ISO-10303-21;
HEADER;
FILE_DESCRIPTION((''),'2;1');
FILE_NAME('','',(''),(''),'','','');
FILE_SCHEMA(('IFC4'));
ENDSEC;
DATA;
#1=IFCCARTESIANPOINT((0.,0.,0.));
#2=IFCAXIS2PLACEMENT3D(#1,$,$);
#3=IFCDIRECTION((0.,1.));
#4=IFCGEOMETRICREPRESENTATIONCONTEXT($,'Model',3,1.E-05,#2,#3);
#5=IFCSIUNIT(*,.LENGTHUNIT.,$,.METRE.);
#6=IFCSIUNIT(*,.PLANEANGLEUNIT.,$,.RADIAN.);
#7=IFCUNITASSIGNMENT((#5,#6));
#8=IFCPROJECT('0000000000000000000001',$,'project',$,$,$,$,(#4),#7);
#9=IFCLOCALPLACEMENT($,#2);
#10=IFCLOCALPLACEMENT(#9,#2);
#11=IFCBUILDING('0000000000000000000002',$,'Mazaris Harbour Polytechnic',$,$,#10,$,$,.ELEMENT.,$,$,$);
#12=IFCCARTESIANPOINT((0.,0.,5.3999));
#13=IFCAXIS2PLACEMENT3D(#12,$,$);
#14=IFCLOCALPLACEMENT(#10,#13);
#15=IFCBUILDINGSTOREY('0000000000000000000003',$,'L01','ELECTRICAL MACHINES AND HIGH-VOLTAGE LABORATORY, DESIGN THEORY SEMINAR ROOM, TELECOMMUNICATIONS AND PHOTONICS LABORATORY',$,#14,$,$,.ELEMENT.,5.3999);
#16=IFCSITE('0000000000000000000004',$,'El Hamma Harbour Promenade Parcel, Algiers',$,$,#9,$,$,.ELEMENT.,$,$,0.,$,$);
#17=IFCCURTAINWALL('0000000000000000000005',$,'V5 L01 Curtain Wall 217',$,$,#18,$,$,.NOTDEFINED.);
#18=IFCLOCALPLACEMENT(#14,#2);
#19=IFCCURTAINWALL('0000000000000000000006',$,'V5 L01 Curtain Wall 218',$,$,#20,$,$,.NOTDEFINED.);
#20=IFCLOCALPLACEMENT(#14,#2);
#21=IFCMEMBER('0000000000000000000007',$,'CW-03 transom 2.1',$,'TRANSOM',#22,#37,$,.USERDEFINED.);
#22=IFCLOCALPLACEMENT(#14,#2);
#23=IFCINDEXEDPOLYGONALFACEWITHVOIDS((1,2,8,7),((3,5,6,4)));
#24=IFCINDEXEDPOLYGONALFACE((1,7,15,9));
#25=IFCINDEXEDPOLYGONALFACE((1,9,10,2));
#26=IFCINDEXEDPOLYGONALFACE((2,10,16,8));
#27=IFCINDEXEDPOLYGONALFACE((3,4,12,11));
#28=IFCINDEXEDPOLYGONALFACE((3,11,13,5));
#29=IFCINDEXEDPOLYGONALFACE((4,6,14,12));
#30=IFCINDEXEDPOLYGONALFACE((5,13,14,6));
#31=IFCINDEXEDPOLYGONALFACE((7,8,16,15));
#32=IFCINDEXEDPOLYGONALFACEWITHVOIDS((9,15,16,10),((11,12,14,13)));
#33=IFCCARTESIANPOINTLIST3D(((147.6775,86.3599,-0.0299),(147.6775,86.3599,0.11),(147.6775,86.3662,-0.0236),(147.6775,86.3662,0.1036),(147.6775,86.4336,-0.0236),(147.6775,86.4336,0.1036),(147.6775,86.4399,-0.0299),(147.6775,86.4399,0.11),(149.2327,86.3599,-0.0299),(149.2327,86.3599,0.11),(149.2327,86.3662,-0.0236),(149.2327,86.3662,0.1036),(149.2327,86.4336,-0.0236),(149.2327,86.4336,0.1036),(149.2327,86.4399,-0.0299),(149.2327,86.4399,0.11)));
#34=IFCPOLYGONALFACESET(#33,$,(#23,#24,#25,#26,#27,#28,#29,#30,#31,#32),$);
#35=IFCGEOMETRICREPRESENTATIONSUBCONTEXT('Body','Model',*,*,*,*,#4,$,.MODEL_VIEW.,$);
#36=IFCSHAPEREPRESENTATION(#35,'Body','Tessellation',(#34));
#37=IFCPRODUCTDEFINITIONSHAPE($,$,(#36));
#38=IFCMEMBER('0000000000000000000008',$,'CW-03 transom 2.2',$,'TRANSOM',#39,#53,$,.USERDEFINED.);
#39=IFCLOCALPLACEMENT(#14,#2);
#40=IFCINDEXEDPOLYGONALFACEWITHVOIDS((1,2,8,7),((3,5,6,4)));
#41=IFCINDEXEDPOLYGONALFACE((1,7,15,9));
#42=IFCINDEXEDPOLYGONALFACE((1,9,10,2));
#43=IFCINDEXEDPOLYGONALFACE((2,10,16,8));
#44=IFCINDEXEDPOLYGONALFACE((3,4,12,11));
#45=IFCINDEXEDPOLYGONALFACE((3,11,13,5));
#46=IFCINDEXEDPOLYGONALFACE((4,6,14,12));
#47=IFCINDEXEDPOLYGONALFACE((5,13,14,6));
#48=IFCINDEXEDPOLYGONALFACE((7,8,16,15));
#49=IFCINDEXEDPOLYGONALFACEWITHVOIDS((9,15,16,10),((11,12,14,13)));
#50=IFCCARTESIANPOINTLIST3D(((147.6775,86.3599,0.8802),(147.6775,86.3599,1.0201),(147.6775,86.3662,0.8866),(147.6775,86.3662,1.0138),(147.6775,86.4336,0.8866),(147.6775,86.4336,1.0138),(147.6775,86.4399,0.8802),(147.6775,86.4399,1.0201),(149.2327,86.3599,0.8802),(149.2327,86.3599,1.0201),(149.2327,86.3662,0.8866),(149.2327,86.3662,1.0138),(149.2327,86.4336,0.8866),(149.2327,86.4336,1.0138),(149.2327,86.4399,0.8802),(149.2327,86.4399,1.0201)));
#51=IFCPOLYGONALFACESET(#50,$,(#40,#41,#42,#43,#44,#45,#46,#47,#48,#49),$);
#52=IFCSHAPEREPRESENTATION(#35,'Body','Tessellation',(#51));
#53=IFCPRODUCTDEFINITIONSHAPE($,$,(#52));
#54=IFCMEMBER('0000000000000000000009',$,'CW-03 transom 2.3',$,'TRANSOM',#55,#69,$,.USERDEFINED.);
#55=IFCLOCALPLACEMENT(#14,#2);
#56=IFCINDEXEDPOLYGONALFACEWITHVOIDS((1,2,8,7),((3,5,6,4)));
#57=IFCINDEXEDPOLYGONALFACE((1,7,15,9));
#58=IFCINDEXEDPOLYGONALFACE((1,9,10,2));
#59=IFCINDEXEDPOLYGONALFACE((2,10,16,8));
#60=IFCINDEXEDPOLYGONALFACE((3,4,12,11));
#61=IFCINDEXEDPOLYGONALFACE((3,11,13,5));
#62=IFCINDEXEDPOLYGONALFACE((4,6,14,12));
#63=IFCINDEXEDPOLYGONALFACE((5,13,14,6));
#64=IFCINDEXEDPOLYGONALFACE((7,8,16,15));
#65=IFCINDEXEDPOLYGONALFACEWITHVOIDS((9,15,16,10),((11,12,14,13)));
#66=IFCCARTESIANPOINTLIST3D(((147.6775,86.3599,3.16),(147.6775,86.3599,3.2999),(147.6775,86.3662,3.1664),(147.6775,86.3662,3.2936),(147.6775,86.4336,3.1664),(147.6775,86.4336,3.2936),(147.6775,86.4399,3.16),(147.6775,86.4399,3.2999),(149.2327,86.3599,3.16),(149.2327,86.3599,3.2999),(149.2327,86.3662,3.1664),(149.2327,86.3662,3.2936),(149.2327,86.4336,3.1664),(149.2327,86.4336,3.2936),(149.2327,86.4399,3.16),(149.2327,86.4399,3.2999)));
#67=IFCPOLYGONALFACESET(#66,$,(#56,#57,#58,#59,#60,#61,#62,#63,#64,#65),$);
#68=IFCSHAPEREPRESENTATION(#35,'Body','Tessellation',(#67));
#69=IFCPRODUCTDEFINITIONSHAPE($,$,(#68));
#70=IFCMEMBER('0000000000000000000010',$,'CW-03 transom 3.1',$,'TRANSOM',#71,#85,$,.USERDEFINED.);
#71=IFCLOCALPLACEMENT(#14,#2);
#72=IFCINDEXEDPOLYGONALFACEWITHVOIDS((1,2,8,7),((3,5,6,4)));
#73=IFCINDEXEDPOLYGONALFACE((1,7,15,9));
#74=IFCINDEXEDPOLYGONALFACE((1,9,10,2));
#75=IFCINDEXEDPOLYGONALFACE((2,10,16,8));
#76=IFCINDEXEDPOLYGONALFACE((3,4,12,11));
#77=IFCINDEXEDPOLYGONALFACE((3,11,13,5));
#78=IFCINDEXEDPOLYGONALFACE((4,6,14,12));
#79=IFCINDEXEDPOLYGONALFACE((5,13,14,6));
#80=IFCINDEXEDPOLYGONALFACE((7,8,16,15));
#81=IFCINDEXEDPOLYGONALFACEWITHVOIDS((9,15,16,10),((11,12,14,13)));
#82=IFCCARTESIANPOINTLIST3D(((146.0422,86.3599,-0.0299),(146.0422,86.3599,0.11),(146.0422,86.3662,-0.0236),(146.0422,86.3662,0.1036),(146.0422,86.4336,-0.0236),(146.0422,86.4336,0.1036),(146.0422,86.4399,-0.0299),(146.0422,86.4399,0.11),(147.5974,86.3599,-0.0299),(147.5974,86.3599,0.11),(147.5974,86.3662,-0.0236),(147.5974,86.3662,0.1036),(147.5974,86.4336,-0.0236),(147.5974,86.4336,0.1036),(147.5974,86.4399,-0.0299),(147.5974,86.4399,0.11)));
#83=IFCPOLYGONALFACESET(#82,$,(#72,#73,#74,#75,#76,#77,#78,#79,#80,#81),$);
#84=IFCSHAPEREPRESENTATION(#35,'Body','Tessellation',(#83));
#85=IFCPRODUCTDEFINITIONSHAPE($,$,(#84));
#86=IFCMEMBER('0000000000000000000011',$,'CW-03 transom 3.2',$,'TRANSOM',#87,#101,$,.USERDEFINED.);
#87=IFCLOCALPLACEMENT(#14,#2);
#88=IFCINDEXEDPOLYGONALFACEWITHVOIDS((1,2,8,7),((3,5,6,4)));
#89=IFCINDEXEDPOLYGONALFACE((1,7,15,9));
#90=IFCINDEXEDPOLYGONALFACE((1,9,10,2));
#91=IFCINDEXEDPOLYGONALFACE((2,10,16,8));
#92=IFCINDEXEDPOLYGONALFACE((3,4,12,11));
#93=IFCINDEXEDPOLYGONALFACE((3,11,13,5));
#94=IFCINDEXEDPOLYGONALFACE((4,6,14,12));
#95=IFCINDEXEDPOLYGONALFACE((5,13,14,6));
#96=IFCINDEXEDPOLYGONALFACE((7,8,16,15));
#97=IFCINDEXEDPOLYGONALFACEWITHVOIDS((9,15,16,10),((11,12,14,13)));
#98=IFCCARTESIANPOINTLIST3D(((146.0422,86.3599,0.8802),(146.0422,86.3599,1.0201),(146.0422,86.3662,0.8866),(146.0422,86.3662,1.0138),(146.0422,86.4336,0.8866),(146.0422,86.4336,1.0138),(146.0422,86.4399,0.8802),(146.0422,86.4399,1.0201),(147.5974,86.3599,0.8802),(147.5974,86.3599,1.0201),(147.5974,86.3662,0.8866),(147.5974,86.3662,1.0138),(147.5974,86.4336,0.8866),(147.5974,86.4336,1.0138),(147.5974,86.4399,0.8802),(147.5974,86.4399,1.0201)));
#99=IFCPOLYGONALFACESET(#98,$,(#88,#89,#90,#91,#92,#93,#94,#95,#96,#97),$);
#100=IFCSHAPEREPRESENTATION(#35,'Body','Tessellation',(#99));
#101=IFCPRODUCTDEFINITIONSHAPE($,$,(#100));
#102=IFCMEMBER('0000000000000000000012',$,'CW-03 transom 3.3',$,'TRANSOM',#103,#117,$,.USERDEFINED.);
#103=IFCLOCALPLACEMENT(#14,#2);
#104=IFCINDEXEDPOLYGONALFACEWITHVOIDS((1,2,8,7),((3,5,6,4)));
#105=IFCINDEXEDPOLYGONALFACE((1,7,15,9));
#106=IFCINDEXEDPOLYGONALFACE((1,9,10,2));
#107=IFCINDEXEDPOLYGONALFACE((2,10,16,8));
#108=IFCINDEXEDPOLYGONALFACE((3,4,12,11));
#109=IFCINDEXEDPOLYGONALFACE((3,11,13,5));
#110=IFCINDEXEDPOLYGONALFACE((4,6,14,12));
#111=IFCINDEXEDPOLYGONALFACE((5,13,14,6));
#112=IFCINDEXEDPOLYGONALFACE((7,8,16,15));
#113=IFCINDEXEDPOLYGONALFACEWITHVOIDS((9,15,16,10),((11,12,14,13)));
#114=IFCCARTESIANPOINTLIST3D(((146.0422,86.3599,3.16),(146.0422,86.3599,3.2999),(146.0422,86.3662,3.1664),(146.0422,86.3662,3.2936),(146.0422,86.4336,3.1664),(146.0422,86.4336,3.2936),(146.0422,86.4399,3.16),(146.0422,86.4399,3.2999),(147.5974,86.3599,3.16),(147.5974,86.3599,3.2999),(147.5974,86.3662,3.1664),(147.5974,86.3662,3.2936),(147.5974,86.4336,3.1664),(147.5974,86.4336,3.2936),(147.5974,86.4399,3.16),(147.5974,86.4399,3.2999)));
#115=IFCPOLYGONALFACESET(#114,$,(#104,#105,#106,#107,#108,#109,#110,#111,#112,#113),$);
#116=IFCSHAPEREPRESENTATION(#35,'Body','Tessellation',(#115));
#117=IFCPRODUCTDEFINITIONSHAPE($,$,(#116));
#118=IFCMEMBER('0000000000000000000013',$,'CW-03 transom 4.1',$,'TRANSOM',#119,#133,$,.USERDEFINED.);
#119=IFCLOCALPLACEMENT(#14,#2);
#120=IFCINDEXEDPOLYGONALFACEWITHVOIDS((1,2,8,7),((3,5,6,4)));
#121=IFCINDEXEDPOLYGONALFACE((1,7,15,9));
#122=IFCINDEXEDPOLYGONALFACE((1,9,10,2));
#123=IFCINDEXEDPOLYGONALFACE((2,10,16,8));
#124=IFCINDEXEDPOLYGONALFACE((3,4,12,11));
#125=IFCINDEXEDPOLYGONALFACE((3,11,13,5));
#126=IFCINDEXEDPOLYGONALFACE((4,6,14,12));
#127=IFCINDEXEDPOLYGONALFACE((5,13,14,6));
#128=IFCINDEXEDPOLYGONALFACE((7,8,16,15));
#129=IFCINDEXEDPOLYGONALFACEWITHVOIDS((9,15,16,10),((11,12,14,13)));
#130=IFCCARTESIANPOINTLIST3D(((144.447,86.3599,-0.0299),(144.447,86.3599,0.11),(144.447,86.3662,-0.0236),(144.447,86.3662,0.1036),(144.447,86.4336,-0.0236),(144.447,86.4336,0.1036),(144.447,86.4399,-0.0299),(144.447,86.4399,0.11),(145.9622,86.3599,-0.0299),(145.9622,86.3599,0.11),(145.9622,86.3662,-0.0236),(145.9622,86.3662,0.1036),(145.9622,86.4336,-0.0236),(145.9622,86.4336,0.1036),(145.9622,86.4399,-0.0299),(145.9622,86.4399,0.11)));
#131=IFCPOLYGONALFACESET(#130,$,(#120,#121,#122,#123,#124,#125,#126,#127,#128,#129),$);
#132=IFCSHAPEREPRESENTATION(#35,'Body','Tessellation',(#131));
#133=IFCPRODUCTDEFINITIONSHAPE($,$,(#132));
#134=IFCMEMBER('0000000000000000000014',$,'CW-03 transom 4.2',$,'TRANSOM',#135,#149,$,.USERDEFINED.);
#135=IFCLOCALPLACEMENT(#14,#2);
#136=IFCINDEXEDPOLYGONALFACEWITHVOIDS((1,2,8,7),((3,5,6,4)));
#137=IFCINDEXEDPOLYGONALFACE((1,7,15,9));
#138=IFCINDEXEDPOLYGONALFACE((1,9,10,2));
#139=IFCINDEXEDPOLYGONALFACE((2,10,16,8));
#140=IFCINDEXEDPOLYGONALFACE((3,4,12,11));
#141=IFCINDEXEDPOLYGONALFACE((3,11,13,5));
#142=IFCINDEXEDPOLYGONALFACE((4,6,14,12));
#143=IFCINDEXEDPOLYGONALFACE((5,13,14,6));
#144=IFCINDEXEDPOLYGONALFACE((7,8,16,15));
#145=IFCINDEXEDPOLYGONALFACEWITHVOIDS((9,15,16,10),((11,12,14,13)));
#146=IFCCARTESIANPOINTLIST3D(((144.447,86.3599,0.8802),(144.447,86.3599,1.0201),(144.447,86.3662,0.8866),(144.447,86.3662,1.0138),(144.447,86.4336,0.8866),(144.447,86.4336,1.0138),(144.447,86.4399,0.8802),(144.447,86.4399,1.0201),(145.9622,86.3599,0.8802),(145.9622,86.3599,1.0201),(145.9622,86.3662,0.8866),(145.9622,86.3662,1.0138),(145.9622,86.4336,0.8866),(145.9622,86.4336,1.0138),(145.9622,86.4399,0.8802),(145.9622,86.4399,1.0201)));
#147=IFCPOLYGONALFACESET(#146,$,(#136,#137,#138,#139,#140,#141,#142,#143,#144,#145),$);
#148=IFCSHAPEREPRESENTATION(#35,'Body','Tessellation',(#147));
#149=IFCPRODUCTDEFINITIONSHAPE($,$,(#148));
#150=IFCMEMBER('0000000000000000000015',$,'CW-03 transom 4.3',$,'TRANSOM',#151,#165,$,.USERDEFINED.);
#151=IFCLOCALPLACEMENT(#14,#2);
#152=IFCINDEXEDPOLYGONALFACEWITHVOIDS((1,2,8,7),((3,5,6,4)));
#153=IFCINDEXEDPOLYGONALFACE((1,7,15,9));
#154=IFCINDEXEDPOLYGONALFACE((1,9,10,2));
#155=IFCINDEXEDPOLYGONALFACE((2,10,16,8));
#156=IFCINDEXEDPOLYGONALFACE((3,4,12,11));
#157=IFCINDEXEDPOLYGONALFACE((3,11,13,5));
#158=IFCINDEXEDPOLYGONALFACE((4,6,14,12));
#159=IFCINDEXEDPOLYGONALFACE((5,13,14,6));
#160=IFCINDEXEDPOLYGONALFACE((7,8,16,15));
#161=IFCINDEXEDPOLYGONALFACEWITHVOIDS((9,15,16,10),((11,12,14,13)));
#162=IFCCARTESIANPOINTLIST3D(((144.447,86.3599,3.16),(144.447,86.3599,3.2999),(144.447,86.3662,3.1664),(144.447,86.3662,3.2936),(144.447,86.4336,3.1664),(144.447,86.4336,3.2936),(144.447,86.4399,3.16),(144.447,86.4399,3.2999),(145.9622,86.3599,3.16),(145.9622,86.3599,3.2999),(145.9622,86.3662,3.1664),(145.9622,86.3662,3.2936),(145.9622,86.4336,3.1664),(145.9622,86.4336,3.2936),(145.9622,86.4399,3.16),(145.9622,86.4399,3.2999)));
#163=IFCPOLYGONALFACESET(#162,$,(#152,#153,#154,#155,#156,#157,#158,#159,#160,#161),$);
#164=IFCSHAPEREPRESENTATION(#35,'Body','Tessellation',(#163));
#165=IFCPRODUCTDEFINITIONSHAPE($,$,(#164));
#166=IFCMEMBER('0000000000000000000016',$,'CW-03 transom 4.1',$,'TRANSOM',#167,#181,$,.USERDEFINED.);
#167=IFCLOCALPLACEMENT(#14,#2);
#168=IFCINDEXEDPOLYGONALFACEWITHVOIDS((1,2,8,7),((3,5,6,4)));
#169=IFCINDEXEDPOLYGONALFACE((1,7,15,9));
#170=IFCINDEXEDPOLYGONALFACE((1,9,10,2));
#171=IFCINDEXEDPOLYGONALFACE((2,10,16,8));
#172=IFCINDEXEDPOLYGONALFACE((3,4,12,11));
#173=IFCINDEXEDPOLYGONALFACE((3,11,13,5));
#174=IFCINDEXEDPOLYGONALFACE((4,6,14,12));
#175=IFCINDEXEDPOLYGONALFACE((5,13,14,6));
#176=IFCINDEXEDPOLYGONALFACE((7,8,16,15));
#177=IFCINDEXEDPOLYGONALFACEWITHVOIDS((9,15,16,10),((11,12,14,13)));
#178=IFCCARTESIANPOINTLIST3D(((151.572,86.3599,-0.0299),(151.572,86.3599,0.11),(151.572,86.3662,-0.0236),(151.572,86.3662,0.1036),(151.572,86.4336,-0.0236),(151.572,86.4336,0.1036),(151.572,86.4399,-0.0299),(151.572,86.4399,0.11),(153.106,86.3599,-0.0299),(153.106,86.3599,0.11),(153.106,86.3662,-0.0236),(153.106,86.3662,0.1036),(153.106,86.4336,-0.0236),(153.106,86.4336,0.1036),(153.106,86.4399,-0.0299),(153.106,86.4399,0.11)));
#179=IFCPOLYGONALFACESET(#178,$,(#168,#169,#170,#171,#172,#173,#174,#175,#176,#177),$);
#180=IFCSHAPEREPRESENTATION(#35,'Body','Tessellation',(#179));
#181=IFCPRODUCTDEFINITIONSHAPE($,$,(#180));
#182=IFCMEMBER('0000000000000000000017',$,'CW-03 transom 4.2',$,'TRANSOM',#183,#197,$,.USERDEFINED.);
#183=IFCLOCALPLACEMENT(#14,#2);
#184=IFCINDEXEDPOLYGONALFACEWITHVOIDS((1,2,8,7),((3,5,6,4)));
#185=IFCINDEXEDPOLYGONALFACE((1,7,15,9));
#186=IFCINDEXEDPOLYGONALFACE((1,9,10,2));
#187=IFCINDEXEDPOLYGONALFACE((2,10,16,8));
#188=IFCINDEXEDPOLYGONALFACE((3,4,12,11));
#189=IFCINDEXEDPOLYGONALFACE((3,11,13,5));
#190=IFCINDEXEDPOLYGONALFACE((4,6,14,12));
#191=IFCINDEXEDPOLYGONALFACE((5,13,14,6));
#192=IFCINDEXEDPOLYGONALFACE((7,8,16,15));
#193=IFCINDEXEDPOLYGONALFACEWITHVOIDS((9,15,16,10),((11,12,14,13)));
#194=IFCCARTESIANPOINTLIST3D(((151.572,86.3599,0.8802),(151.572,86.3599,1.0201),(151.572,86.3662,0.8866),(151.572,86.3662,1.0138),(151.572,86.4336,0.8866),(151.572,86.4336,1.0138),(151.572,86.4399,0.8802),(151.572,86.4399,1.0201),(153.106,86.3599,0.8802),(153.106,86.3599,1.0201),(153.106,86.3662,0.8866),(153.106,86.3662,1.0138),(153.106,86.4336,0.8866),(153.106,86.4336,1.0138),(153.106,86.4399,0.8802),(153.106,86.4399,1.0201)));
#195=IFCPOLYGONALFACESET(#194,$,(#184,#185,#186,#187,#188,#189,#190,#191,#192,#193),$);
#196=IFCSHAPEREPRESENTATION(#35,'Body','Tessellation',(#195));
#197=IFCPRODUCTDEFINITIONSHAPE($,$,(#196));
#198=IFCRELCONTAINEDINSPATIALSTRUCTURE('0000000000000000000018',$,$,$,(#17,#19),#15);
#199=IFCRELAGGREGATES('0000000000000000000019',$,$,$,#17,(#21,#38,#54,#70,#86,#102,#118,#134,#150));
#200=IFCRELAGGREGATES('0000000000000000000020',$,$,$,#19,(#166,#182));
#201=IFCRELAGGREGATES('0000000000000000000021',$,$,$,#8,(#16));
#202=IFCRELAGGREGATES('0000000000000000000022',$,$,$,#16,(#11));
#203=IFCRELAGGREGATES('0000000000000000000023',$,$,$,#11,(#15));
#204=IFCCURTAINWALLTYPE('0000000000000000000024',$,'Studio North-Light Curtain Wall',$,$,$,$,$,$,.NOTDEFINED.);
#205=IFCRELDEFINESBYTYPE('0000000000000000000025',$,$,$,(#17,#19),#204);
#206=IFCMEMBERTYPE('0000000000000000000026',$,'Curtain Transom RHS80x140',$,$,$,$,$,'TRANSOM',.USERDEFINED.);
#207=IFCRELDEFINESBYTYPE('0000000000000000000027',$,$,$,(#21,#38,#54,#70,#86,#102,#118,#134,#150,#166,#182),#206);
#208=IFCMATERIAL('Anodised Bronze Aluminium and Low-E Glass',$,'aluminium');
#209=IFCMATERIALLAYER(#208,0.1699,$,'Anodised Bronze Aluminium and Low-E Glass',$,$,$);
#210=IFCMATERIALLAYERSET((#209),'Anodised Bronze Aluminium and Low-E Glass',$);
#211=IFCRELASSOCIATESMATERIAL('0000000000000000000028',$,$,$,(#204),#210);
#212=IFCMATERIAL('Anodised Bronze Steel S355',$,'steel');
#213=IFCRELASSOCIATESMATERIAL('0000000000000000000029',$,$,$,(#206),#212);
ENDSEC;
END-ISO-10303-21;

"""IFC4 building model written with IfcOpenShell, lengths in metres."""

from ifc_helpers import new_model, si_unit, direction, frame, origin, origin_2d, place, context, subcontext, project, spatial, hollow_rectangle, extrude, material, layer, layer_set, material_profile, profile_set, type_object, element, aggregate, save


model = new_model("IFC4")

# Units and contexts
model_context = context("Model", 3, precision=1e-05, world=origin(), true_north=direction((0.0, 1.0)))
body_context = subcontext(model_context, "Body", "Model", "MODEL_VIEW")
ifc_project = project(units=[si_unit("LENGTHUNIT", "METRE"), si_unit("PLANEANGLEUNIT", "RADIAN")], contexts=[model_context])

# Site, building, storey
site_placement = place(None, origin())
site = spatial("IfcSite", under=ifc_project, at=site_placement, Name="El Hamma Harbour Promenade Parcel, Algiers", CompositionType="ELEMENT", RefElevation=0.0)
building_placement = place(site_placement, origin())
building = spatial("IfcBuilding", under=site, at=building_placement, Name="Mazaris Harbour Polytechnic", CompositionType="ELEMENT")
storey_placement = place(building_placement, frame((0.0, 0.0, 5.3999)))
storey = spatial("IfcBuildingStorey", under=building, at=storey_placement, Name="L01", Description="ELECTRICAL MACHINES AND HIGH-VOLTAGE LABORATORY, DESIGN THEORY SEMINAR ROOM, TELECOMMUNICATIONS AND PHOTONICS LABORATORY", CompositionType="ELEMENT", Elevation=5.3999)

# Curtain walls
ifc_material_1 = material(Name="Anodised Bronze Aluminium and Low-E Glass", Category="aluminium")
ifc_layer_1 = layer(ifc_material_1, 0.1699, Name="Anodised Bronze Aluminium and Low-E Glass")
ifc_layer_set_1 = layer_set([ifc_layer_1], Name="Anodised Bronze Aluminium and Low-E Glass")
curtain_wall_type = type_object("IfcCurtainWallType", Name="Studio North-Light Curtain Wall", PredefinedType="NOTDEFINED", material=ifc_layer_set_1)
curtain_wall_1_placement = place(storey_placement, origin())
curtain_wall_1 = element("IfcCurtainWall", 1, at=curtain_wall_1_placement, inside=storey, type_object=curtain_wall_type, Name="V5 L01 Curtain Wall 217", PredefinedType="NOTDEFINED")
curtain_wall_2_placement = place(storey_placement, origin())
curtain_wall_2 = element("IfcCurtainWall", 2, at=curtain_wall_2_placement, inside=storey, type_object=curtain_wall_type, Name="V5 L01 Curtain Wall 218", PredefinedType="NOTDEFINED")

# Members
ifc_material_2 = material(Name="Anodised Bronze Steel S355", Category="steel")
ifc_material_profile_1 = material_profile(ifc_material_2, hollow_rectangle(XDim=0.0801, YDim=0.1399, WallThickness=0.0063, at=origin_2d()), Name="RHS 80x140x6.3")
ifc_profile_set_1 = profile_set([ifc_material_profile_1], Name="Anodised Bronze Steel S355")
member_type_1 = type_object("IfcMemberType", Name="Curtain Transom RHS80x140", ElementType="TRANSOM", PredefinedType="USERDEFINED", material=ifc_profile_set_1)
member_1_placement = place(storey_placement, frame((149.2327, 86.3999, 0.04), z_axis=(-1.0, 0.0, 0.0), x_axis=(0.0, -1.0, 0.0)))
member_1 = element("IfcMember", 3, at=member_1_placement, type_object=member_type_1, Name="CW-03 transom 2.1", ObjectType="TRANSOM", PredefinedType="USERDEFINED", context=body_context, shape_type="SweptSolid", body=[
    extrude(hollow_rectangle(XDim=0.0801, YDim=0.1399, WallThickness=0.0063, at=origin_2d()), origin(), (0.0, 0.0, 1.0), 1.5552),
])
member_2_placement = place(storey_placement, frame((149.2327, 86.3999, 0.9502), z_axis=(-1.0, 0.0, 0.0), x_axis=(0.0, -1.0, 0.0)))
member_2 = element("IfcMember", 4, at=member_2_placement, type_object=member_type_1, Name="CW-03 transom 2.2", ObjectType="TRANSOM", PredefinedType="USERDEFINED", context=body_context, shape_type="SweptSolid", body=[
    extrude(hollow_rectangle(XDim=0.0801, YDim=0.1399, WallThickness=0.0063, at=origin_2d()), origin(), (0.0, 0.0, 1.0), 1.5552),
])
member_3_placement = place(storey_placement, frame((149.2327, 86.3999, 3.23), z_axis=(-1.0, 0.0, 0.0), x_axis=(0.0, -1.0, 0.0)))
member_3 = element("IfcMember", 5, at=member_3_placement, type_object=member_type_1, Name="CW-03 transom 2.3", ObjectType="TRANSOM", PredefinedType="USERDEFINED", context=body_context, shape_type="SweptSolid", body=[
    extrude(hollow_rectangle(XDim=0.0801, YDim=0.1399, WallThickness=0.0063, at=origin_2d()), origin(), (0.0, 0.0, 1.0), 1.5552),
])
member_4_placement = place(storey_placement, frame((147.5974, 86.3999, 0.04), z_axis=(-1.0, 0.0, 0.0), x_axis=(0.0, -1.0, 0.0)))
member_4 = element("IfcMember", 6, at=member_4_placement, type_object=member_type_1, Name="CW-03 transom 3.1", ObjectType="TRANSOM", PredefinedType="USERDEFINED", context=body_context, shape_type="SweptSolid", body=[
    extrude(hollow_rectangle(XDim=0.0801, YDim=0.1399, WallThickness=0.0063, at=origin_2d()), origin(), (0.0, 0.0, 1.0), 1.5552),
])
member_5_placement = place(storey_placement, frame((147.5974, 86.3999, 0.9502), z_axis=(-1.0, 0.0, 0.0), x_axis=(0.0, -1.0, 0.0)))
member_5 = element("IfcMember", 7, at=member_5_placement, type_object=member_type_1, Name="CW-03 transom 3.2", ObjectType="TRANSOM", PredefinedType="USERDEFINED", context=body_context, shape_type="SweptSolid", body=[
    extrude(hollow_rectangle(XDim=0.0801, YDim=0.1399, WallThickness=0.0063, at=origin_2d()), origin(), (0.0, 0.0, 1.0), 1.5552),
])
member_6_placement = place(storey_placement, frame((147.5974, 86.3999, 3.23), z_axis=(-1.0, 0.0, 0.0), x_axis=(0.0, -1.0, 0.0)))
member_6 = element("IfcMember", 8, at=member_6_placement, type_object=member_type_1, Name="CW-03 transom 3.3", ObjectType="TRANSOM", PredefinedType="USERDEFINED", context=body_context, shape_type="SweptSolid", body=[
    extrude(hollow_rectangle(XDim=0.0801, YDim=0.1399, WallThickness=0.0063, at=origin_2d()), origin(), (0.0, 0.0, 1.0), 1.5552),
])
member_7_placement = place(storey_placement, frame((145.9622, 86.3999, 0.04), z_axis=(-1.0, 0.0, 0.0), x_axis=(0.0, -1.0, 0.0)))
member_7 = element("IfcMember", 9, at=member_7_placement, type_object=member_type_1, Name="CW-03 transom 4.1", ObjectType="TRANSOM", PredefinedType="USERDEFINED", context=body_context, shape_type="SweptSolid", body=[
    extrude(hollow_rectangle(XDim=0.0801, YDim=0.1399, WallThickness=0.0063, at=origin_2d()), origin(), (0.0, 0.0, 1.0), 1.5151),
])
member_8_placement = place(storey_placement, frame((145.9622, 86.3999, 0.9502), z_axis=(-1.0, 0.0, 0.0), x_axis=(0.0, -1.0, 0.0)))
member_8 = element("IfcMember", 10, at=member_8_placement, type_object=member_type_1, Name="CW-03 transom 4.2", ObjectType="TRANSOM", PredefinedType="USERDEFINED", context=body_context, shape_type="SweptSolid", body=[
    extrude(hollow_rectangle(XDim=0.0801, YDim=0.1399, WallThickness=0.0063, at=origin_2d()), origin(), (0.0, 0.0, 1.0), 1.5151),
])
member_9_placement = place(storey_placement, frame((145.9622, 86.3999, 3.23), z_axis=(-1.0, 0.0, 0.0), x_axis=(0.0, -1.0, 0.0)))
member_9 = element("IfcMember", 11, at=member_9_placement, type_object=member_type_1, Name="CW-03 transom 4.3", ObjectType="TRANSOM", PredefinedType="USERDEFINED", context=body_context, shape_type="SweptSolid", body=[
    extrude(hollow_rectangle(XDim=0.0801, YDim=0.1399, WallThickness=0.0063, at=origin_2d()), origin(), (0.0, 0.0, 1.0), 1.5151),
])
member_10_placement = place(storey_placement, frame((153.106, 86.3999, 0.04), z_axis=(-1.0, 0.0, 0.0), x_axis=(0.0, -1.0, 0.0)))
member_10 = element("IfcMember", 12, at=member_10_placement, type_object=member_type_1, Name="CW-03 transom 4.1", ObjectType="TRANSOM", PredefinedType="USERDEFINED", context=body_context, shape_type="SweptSolid", body=[
    extrude(hollow_rectangle(XDim=0.0801, YDim=0.1399, WallThickness=0.0063, at=origin_2d()), origin(), (0.0, 0.0, 1.0), 1.5339),
])
member_11_placement = place(storey_placement, frame((153.106, 86.3999, 0.9502), z_axis=(-1.0, 0.0, 0.0), x_axis=(0.0, -1.0, 0.0)))
member_11 = element("IfcMember", 13, at=member_11_placement, type_object=member_type_1, Name="CW-03 transom 4.2", ObjectType="TRANSOM", PredefinedType="USERDEFINED", context=body_context, shape_type="SweptSolid", body=[
    extrude(hollow_rectangle(XDim=0.0801, YDim=0.1399, WallThickness=0.0063, at=origin_2d()), origin(), (0.0, 0.0, 1.0), 1.5339),
])

aggregate(curtain_wall_1, [member_1, member_2, member_3, member_4, member_5, member_6, member_7, member_8, member_9])
aggregate(curtain_wall_2, [member_10, member_11])

save(model, "model.ifc")
